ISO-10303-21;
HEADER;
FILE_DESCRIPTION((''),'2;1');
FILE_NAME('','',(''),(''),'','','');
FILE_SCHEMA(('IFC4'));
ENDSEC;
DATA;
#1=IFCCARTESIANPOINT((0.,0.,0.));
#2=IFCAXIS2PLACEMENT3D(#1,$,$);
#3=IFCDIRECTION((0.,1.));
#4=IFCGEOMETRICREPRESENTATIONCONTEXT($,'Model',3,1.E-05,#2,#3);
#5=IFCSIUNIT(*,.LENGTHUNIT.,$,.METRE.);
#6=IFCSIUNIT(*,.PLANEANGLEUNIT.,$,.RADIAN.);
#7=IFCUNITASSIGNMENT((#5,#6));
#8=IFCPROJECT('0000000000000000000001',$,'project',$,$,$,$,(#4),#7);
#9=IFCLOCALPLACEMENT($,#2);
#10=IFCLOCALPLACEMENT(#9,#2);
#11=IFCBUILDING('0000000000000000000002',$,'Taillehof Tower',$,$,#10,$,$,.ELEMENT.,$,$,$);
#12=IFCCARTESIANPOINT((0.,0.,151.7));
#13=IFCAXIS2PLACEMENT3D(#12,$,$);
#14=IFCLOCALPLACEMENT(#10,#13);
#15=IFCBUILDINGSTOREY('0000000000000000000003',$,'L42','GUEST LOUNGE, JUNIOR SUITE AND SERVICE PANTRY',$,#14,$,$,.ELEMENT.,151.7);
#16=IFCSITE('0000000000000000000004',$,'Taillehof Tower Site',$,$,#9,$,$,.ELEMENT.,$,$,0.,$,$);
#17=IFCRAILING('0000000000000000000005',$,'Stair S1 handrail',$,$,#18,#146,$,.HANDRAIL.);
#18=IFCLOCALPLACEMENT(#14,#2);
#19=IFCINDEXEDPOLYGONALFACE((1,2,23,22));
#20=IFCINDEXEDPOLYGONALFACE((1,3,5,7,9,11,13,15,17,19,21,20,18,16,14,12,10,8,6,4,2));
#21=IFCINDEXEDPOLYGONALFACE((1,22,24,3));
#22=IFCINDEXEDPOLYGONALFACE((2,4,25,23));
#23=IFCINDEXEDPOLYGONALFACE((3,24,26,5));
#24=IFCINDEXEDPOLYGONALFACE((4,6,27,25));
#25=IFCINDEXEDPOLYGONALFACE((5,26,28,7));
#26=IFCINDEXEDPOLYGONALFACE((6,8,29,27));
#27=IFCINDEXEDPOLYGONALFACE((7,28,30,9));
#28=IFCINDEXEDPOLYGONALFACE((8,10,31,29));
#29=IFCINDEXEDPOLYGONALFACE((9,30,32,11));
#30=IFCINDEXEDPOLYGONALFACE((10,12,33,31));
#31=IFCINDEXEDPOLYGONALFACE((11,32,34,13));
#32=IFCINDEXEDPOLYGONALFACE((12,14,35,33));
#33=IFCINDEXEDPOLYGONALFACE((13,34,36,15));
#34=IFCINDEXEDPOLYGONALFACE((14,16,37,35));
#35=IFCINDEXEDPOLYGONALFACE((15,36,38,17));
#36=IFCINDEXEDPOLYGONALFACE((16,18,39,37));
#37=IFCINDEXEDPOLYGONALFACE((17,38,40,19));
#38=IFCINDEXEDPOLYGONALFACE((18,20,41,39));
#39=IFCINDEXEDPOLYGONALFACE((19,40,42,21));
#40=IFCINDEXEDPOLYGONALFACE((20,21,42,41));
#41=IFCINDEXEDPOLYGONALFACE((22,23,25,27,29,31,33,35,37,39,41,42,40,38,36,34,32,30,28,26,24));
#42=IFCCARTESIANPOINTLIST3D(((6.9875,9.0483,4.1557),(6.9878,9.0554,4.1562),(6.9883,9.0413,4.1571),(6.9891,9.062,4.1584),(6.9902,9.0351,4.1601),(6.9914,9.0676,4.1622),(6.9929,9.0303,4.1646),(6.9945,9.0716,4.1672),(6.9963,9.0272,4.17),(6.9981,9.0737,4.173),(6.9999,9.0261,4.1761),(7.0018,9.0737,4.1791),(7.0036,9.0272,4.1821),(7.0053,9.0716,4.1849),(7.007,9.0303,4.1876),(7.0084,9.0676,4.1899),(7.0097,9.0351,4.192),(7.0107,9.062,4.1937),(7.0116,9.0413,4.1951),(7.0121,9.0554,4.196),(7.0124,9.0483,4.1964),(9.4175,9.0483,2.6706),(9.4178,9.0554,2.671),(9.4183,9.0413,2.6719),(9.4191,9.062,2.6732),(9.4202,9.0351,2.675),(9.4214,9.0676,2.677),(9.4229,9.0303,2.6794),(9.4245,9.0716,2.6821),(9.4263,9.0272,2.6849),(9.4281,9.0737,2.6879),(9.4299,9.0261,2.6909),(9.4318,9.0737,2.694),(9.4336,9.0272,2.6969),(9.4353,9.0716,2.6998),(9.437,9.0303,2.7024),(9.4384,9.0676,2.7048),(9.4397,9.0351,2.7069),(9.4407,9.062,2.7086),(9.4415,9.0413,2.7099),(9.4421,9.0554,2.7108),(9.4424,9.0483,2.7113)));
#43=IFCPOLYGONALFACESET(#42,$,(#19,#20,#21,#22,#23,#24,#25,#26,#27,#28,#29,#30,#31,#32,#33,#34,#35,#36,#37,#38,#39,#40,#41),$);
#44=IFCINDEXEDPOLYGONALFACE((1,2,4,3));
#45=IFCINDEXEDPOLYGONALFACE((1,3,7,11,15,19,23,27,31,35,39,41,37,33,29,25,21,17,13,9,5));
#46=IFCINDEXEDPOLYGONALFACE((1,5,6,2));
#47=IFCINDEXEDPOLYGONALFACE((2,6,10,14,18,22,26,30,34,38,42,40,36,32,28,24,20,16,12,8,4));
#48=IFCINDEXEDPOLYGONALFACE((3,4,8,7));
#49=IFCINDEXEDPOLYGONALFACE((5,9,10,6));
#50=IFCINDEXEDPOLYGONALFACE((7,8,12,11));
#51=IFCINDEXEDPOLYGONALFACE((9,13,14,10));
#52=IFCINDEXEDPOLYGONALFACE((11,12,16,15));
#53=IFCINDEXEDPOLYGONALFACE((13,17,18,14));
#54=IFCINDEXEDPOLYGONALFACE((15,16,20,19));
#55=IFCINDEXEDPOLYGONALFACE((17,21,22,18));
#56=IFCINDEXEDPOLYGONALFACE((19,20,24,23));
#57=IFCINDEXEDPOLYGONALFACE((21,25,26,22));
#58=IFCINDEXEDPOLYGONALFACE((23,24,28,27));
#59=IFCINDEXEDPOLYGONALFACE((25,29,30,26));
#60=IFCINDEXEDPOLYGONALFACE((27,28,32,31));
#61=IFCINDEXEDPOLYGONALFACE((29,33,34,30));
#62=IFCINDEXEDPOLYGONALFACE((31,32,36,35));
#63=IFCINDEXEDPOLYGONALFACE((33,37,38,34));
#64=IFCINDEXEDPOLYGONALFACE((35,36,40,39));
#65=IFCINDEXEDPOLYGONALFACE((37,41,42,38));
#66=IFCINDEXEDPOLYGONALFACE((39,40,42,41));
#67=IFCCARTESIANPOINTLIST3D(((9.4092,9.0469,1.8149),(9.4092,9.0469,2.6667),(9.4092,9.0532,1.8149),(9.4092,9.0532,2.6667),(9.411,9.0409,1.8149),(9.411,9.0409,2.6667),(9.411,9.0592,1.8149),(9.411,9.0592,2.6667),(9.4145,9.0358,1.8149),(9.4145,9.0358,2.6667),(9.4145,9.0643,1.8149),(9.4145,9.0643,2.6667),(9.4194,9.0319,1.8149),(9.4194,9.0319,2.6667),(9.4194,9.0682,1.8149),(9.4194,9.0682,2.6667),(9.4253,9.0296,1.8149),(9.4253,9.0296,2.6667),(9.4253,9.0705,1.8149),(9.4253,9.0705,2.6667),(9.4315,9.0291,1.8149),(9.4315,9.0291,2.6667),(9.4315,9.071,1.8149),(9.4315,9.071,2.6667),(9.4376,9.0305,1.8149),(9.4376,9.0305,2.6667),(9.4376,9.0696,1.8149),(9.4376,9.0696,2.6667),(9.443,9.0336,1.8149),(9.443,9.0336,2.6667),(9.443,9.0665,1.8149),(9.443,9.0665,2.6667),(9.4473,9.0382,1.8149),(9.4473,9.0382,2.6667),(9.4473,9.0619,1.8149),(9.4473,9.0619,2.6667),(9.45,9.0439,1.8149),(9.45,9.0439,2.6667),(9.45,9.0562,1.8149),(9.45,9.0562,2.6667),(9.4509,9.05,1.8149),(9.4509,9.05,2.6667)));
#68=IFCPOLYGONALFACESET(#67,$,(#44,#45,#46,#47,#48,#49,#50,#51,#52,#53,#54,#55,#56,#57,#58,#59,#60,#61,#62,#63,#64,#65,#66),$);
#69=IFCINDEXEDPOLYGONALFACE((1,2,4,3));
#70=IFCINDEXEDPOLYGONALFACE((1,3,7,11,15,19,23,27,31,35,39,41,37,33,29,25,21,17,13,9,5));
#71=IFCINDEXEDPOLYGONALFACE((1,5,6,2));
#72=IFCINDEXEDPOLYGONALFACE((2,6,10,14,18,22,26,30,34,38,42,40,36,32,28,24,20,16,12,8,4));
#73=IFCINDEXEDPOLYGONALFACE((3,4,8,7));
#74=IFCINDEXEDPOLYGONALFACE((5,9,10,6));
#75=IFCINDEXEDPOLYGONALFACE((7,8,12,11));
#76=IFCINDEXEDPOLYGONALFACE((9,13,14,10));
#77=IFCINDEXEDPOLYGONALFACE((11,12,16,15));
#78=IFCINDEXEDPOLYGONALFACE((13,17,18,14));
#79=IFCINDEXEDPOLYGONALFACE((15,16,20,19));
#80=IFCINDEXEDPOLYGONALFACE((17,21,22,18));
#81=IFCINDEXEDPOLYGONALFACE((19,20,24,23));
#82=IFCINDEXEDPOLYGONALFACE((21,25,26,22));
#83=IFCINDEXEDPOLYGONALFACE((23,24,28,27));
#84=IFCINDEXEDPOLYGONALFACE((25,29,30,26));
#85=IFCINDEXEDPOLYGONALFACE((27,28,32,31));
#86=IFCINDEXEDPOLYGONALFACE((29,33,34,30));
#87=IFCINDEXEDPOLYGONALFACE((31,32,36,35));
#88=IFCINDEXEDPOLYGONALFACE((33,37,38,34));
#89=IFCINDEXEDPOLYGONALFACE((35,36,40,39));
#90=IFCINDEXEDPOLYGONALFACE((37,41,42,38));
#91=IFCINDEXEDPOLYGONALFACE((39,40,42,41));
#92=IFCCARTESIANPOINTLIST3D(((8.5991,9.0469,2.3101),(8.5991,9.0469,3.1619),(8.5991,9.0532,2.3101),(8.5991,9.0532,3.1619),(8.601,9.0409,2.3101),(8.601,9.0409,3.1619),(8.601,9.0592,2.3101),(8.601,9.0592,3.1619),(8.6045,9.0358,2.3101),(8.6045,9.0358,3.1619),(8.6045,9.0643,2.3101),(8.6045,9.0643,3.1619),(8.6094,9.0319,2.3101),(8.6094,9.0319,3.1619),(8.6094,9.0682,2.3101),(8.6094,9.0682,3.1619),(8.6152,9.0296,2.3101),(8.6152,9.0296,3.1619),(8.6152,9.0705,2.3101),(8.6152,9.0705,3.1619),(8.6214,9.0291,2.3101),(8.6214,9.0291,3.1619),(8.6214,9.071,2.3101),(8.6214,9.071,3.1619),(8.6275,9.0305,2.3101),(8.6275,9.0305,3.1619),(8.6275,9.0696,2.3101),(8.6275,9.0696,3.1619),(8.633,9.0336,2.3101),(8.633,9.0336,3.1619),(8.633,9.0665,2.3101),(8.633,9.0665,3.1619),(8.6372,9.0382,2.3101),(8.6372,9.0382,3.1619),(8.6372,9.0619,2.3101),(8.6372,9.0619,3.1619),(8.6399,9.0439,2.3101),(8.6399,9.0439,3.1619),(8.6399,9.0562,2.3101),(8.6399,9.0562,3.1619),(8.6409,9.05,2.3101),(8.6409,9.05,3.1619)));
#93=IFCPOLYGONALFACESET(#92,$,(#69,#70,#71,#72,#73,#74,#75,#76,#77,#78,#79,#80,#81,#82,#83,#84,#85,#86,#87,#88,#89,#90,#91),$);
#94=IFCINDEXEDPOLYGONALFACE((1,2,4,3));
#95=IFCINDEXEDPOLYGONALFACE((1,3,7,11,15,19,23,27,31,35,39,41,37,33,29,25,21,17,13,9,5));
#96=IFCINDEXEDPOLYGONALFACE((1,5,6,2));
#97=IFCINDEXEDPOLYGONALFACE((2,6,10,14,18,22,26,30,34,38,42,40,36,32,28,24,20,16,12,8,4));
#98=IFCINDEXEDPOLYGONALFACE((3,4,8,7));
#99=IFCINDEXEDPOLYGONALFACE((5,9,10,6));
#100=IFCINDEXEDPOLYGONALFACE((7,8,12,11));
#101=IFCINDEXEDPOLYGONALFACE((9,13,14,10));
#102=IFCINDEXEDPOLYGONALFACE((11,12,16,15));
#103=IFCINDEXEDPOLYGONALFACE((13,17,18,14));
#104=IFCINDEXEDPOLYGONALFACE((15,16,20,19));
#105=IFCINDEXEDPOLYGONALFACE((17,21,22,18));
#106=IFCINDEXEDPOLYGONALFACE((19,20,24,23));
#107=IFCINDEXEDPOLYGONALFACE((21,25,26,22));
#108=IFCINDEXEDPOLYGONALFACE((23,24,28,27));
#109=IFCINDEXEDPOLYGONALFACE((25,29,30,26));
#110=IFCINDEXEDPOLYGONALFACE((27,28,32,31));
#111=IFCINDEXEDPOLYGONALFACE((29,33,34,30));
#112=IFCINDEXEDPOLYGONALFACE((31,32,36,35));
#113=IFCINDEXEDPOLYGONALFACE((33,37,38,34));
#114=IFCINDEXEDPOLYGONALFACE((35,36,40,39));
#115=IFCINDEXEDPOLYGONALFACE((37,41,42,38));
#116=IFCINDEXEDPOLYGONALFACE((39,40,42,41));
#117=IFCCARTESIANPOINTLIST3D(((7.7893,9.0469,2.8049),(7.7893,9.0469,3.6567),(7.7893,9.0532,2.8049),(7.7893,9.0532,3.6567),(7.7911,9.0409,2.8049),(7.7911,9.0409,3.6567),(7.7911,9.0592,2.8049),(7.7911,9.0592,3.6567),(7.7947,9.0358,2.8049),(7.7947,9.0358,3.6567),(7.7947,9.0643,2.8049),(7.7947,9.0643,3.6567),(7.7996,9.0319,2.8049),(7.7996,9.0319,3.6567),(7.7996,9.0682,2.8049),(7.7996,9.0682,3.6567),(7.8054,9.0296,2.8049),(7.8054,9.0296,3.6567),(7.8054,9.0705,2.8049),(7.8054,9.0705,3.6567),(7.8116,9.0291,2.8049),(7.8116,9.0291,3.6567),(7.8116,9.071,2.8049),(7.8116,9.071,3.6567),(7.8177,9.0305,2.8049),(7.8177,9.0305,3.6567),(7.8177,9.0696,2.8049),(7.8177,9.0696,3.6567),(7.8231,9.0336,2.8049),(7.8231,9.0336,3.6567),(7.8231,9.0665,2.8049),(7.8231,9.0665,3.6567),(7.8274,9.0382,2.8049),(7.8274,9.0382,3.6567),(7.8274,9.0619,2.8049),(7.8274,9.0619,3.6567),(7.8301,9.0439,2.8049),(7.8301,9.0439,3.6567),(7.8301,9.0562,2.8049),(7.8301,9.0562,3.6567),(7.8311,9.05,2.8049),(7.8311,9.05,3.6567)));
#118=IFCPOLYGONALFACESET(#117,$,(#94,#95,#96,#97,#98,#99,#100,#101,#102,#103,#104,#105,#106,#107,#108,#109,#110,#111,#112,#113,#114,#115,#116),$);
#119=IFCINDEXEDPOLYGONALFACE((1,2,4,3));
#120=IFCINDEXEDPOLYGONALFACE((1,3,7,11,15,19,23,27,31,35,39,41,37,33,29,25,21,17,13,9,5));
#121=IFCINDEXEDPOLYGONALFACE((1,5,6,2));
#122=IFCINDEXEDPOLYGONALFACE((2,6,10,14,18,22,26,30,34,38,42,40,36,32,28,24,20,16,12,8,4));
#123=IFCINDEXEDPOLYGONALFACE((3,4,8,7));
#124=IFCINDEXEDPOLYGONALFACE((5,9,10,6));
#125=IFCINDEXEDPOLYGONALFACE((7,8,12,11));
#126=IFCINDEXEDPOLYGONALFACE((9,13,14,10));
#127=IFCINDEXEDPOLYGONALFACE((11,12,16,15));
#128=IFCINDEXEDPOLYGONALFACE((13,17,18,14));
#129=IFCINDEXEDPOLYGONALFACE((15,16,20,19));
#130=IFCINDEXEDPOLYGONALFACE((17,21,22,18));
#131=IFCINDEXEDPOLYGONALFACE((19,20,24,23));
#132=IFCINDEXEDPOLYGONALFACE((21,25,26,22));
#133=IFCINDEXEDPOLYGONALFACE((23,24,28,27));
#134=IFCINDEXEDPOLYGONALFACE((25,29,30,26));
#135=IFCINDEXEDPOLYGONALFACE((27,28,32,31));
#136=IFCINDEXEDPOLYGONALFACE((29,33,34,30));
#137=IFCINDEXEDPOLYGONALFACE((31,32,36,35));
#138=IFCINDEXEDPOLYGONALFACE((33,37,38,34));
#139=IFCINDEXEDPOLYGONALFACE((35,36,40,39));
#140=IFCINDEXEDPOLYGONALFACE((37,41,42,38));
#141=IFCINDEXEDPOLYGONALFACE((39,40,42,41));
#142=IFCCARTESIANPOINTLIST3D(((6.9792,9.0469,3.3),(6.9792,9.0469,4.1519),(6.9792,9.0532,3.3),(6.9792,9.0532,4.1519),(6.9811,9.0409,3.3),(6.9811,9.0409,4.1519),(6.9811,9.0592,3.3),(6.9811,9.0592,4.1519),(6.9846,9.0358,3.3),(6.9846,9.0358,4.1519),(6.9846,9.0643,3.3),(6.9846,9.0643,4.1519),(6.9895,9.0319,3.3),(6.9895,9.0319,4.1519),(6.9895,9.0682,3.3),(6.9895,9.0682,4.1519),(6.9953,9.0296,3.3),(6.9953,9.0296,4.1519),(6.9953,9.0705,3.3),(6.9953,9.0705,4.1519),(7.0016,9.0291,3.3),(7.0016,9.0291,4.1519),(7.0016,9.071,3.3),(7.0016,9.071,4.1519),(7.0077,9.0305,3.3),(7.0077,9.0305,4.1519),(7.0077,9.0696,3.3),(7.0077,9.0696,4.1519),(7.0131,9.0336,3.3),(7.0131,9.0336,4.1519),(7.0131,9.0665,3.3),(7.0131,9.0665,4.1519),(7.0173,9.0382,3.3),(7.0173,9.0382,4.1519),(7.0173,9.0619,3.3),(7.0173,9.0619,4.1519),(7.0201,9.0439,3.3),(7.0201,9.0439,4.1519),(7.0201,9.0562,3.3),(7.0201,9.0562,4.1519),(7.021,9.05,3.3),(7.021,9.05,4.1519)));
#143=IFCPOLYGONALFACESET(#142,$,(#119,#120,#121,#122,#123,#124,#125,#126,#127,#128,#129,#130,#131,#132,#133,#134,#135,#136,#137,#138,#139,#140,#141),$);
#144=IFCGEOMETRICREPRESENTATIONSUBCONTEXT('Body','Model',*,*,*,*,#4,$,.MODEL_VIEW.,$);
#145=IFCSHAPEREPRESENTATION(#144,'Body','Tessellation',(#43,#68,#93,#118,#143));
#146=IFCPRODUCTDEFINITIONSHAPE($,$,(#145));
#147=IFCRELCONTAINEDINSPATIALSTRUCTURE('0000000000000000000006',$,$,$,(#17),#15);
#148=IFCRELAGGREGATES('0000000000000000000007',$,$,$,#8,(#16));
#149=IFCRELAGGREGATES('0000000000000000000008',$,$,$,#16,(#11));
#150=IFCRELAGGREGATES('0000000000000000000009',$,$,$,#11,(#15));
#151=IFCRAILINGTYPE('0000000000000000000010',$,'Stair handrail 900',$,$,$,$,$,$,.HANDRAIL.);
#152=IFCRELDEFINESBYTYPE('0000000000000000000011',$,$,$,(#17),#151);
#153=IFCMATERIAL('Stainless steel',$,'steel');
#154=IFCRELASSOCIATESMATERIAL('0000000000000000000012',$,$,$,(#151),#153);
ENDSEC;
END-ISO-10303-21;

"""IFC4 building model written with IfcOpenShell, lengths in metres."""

from ifc_helpers import new_model, si_unit, direction, frame, origin, origin_2d, place, context, subcontext, project, spatial, circle, extrude, material, type_object, element, save


model = new_model("IFC4")

# Units and contexts
model_context = context("Model", 3, precision=1e-05, world=origin(), true_north=direction((0.0, 1.0)))
body_context = subcontext(model_context, "Body", "Model", "MODEL_VIEW")
ifc_project = project(units=[si_unit("LENGTHUNIT", "METRE"), si_unit("PLANEANGLEUNIT", "RADIAN")], contexts=[model_context])

# Site, building, storey
site_placement = place(None, origin())
site = spatial("IfcSite", under=ifc_project, at=site_placement, Name="Taillehof Tower Site", CompositionType="ELEMENT", RefElevation=0.0)
building_placement = place(site_placement, origin())
building = spatial("IfcBuilding", under=site, at=building_placement, Name="Taillehof Tower", CompositionType="ELEMENT")
storey_placement = place(building_placement, frame((0.0, 0.0, 151.7)))
storey = spatial("IfcBuildingStorey", under=building, at=storey_placement, Name="L42", Description="GUEST LOUNGE, JUNIOR SUITE AND SERVICE PANTRY", CompositionType="ELEMENT", Elevation=151.7)

# Railing
ifc_material_1 = material(Name="Stainless steel", Category="steel")
railing_type = type_object("IfcRailingType", Name="Stair handrail 900", PredefinedType="HANDRAIL", material=ifc_material_1)
railing_1_placement = place(storey_placement, frame((9.4299, 9.05, 1.8149)))
element("IfcRailing", 1, at=railing_1_placement, inside=storey, type_object=railing_type, Name="Stair S1 handrail", PredefinedType="HANDRAIL", context=body_context, shape_type="SweptSolid", body=[
    extrude(circle(Radius=0.0239, at=origin_2d()), frame((0.0, 0.0, 0.876), z_axis=(-0.853259, 0.0, 0.521488), x_axis=(0.0, -1.0, 0.0)), (0.0, 0.0, 1.0), 2.8479),
    extrude(circle(Radius=0.021, at=origin_2d()), origin(), (0.0, 0.0, 1.0), 0.8518),
    extrude(circle(Radius=0.021, at=origin_2d()), frame((-0.8101, 0.0, 0.4951)), (0.0, 0.0, 1.0), 0.8518),
    extrude(circle(Radius=0.021, at=origin_2d()), frame((-1.6199, 0.0, 0.99)), (0.0, 0.0, 1.0), 0.8518),
    extrude(circle(Radius=0.021, at=origin_2d()), frame((-2.4299, 0.0, 1.4851)), (0.0, 0.0, 1.0), 0.8518),
])

save(model, "model.ifc")
